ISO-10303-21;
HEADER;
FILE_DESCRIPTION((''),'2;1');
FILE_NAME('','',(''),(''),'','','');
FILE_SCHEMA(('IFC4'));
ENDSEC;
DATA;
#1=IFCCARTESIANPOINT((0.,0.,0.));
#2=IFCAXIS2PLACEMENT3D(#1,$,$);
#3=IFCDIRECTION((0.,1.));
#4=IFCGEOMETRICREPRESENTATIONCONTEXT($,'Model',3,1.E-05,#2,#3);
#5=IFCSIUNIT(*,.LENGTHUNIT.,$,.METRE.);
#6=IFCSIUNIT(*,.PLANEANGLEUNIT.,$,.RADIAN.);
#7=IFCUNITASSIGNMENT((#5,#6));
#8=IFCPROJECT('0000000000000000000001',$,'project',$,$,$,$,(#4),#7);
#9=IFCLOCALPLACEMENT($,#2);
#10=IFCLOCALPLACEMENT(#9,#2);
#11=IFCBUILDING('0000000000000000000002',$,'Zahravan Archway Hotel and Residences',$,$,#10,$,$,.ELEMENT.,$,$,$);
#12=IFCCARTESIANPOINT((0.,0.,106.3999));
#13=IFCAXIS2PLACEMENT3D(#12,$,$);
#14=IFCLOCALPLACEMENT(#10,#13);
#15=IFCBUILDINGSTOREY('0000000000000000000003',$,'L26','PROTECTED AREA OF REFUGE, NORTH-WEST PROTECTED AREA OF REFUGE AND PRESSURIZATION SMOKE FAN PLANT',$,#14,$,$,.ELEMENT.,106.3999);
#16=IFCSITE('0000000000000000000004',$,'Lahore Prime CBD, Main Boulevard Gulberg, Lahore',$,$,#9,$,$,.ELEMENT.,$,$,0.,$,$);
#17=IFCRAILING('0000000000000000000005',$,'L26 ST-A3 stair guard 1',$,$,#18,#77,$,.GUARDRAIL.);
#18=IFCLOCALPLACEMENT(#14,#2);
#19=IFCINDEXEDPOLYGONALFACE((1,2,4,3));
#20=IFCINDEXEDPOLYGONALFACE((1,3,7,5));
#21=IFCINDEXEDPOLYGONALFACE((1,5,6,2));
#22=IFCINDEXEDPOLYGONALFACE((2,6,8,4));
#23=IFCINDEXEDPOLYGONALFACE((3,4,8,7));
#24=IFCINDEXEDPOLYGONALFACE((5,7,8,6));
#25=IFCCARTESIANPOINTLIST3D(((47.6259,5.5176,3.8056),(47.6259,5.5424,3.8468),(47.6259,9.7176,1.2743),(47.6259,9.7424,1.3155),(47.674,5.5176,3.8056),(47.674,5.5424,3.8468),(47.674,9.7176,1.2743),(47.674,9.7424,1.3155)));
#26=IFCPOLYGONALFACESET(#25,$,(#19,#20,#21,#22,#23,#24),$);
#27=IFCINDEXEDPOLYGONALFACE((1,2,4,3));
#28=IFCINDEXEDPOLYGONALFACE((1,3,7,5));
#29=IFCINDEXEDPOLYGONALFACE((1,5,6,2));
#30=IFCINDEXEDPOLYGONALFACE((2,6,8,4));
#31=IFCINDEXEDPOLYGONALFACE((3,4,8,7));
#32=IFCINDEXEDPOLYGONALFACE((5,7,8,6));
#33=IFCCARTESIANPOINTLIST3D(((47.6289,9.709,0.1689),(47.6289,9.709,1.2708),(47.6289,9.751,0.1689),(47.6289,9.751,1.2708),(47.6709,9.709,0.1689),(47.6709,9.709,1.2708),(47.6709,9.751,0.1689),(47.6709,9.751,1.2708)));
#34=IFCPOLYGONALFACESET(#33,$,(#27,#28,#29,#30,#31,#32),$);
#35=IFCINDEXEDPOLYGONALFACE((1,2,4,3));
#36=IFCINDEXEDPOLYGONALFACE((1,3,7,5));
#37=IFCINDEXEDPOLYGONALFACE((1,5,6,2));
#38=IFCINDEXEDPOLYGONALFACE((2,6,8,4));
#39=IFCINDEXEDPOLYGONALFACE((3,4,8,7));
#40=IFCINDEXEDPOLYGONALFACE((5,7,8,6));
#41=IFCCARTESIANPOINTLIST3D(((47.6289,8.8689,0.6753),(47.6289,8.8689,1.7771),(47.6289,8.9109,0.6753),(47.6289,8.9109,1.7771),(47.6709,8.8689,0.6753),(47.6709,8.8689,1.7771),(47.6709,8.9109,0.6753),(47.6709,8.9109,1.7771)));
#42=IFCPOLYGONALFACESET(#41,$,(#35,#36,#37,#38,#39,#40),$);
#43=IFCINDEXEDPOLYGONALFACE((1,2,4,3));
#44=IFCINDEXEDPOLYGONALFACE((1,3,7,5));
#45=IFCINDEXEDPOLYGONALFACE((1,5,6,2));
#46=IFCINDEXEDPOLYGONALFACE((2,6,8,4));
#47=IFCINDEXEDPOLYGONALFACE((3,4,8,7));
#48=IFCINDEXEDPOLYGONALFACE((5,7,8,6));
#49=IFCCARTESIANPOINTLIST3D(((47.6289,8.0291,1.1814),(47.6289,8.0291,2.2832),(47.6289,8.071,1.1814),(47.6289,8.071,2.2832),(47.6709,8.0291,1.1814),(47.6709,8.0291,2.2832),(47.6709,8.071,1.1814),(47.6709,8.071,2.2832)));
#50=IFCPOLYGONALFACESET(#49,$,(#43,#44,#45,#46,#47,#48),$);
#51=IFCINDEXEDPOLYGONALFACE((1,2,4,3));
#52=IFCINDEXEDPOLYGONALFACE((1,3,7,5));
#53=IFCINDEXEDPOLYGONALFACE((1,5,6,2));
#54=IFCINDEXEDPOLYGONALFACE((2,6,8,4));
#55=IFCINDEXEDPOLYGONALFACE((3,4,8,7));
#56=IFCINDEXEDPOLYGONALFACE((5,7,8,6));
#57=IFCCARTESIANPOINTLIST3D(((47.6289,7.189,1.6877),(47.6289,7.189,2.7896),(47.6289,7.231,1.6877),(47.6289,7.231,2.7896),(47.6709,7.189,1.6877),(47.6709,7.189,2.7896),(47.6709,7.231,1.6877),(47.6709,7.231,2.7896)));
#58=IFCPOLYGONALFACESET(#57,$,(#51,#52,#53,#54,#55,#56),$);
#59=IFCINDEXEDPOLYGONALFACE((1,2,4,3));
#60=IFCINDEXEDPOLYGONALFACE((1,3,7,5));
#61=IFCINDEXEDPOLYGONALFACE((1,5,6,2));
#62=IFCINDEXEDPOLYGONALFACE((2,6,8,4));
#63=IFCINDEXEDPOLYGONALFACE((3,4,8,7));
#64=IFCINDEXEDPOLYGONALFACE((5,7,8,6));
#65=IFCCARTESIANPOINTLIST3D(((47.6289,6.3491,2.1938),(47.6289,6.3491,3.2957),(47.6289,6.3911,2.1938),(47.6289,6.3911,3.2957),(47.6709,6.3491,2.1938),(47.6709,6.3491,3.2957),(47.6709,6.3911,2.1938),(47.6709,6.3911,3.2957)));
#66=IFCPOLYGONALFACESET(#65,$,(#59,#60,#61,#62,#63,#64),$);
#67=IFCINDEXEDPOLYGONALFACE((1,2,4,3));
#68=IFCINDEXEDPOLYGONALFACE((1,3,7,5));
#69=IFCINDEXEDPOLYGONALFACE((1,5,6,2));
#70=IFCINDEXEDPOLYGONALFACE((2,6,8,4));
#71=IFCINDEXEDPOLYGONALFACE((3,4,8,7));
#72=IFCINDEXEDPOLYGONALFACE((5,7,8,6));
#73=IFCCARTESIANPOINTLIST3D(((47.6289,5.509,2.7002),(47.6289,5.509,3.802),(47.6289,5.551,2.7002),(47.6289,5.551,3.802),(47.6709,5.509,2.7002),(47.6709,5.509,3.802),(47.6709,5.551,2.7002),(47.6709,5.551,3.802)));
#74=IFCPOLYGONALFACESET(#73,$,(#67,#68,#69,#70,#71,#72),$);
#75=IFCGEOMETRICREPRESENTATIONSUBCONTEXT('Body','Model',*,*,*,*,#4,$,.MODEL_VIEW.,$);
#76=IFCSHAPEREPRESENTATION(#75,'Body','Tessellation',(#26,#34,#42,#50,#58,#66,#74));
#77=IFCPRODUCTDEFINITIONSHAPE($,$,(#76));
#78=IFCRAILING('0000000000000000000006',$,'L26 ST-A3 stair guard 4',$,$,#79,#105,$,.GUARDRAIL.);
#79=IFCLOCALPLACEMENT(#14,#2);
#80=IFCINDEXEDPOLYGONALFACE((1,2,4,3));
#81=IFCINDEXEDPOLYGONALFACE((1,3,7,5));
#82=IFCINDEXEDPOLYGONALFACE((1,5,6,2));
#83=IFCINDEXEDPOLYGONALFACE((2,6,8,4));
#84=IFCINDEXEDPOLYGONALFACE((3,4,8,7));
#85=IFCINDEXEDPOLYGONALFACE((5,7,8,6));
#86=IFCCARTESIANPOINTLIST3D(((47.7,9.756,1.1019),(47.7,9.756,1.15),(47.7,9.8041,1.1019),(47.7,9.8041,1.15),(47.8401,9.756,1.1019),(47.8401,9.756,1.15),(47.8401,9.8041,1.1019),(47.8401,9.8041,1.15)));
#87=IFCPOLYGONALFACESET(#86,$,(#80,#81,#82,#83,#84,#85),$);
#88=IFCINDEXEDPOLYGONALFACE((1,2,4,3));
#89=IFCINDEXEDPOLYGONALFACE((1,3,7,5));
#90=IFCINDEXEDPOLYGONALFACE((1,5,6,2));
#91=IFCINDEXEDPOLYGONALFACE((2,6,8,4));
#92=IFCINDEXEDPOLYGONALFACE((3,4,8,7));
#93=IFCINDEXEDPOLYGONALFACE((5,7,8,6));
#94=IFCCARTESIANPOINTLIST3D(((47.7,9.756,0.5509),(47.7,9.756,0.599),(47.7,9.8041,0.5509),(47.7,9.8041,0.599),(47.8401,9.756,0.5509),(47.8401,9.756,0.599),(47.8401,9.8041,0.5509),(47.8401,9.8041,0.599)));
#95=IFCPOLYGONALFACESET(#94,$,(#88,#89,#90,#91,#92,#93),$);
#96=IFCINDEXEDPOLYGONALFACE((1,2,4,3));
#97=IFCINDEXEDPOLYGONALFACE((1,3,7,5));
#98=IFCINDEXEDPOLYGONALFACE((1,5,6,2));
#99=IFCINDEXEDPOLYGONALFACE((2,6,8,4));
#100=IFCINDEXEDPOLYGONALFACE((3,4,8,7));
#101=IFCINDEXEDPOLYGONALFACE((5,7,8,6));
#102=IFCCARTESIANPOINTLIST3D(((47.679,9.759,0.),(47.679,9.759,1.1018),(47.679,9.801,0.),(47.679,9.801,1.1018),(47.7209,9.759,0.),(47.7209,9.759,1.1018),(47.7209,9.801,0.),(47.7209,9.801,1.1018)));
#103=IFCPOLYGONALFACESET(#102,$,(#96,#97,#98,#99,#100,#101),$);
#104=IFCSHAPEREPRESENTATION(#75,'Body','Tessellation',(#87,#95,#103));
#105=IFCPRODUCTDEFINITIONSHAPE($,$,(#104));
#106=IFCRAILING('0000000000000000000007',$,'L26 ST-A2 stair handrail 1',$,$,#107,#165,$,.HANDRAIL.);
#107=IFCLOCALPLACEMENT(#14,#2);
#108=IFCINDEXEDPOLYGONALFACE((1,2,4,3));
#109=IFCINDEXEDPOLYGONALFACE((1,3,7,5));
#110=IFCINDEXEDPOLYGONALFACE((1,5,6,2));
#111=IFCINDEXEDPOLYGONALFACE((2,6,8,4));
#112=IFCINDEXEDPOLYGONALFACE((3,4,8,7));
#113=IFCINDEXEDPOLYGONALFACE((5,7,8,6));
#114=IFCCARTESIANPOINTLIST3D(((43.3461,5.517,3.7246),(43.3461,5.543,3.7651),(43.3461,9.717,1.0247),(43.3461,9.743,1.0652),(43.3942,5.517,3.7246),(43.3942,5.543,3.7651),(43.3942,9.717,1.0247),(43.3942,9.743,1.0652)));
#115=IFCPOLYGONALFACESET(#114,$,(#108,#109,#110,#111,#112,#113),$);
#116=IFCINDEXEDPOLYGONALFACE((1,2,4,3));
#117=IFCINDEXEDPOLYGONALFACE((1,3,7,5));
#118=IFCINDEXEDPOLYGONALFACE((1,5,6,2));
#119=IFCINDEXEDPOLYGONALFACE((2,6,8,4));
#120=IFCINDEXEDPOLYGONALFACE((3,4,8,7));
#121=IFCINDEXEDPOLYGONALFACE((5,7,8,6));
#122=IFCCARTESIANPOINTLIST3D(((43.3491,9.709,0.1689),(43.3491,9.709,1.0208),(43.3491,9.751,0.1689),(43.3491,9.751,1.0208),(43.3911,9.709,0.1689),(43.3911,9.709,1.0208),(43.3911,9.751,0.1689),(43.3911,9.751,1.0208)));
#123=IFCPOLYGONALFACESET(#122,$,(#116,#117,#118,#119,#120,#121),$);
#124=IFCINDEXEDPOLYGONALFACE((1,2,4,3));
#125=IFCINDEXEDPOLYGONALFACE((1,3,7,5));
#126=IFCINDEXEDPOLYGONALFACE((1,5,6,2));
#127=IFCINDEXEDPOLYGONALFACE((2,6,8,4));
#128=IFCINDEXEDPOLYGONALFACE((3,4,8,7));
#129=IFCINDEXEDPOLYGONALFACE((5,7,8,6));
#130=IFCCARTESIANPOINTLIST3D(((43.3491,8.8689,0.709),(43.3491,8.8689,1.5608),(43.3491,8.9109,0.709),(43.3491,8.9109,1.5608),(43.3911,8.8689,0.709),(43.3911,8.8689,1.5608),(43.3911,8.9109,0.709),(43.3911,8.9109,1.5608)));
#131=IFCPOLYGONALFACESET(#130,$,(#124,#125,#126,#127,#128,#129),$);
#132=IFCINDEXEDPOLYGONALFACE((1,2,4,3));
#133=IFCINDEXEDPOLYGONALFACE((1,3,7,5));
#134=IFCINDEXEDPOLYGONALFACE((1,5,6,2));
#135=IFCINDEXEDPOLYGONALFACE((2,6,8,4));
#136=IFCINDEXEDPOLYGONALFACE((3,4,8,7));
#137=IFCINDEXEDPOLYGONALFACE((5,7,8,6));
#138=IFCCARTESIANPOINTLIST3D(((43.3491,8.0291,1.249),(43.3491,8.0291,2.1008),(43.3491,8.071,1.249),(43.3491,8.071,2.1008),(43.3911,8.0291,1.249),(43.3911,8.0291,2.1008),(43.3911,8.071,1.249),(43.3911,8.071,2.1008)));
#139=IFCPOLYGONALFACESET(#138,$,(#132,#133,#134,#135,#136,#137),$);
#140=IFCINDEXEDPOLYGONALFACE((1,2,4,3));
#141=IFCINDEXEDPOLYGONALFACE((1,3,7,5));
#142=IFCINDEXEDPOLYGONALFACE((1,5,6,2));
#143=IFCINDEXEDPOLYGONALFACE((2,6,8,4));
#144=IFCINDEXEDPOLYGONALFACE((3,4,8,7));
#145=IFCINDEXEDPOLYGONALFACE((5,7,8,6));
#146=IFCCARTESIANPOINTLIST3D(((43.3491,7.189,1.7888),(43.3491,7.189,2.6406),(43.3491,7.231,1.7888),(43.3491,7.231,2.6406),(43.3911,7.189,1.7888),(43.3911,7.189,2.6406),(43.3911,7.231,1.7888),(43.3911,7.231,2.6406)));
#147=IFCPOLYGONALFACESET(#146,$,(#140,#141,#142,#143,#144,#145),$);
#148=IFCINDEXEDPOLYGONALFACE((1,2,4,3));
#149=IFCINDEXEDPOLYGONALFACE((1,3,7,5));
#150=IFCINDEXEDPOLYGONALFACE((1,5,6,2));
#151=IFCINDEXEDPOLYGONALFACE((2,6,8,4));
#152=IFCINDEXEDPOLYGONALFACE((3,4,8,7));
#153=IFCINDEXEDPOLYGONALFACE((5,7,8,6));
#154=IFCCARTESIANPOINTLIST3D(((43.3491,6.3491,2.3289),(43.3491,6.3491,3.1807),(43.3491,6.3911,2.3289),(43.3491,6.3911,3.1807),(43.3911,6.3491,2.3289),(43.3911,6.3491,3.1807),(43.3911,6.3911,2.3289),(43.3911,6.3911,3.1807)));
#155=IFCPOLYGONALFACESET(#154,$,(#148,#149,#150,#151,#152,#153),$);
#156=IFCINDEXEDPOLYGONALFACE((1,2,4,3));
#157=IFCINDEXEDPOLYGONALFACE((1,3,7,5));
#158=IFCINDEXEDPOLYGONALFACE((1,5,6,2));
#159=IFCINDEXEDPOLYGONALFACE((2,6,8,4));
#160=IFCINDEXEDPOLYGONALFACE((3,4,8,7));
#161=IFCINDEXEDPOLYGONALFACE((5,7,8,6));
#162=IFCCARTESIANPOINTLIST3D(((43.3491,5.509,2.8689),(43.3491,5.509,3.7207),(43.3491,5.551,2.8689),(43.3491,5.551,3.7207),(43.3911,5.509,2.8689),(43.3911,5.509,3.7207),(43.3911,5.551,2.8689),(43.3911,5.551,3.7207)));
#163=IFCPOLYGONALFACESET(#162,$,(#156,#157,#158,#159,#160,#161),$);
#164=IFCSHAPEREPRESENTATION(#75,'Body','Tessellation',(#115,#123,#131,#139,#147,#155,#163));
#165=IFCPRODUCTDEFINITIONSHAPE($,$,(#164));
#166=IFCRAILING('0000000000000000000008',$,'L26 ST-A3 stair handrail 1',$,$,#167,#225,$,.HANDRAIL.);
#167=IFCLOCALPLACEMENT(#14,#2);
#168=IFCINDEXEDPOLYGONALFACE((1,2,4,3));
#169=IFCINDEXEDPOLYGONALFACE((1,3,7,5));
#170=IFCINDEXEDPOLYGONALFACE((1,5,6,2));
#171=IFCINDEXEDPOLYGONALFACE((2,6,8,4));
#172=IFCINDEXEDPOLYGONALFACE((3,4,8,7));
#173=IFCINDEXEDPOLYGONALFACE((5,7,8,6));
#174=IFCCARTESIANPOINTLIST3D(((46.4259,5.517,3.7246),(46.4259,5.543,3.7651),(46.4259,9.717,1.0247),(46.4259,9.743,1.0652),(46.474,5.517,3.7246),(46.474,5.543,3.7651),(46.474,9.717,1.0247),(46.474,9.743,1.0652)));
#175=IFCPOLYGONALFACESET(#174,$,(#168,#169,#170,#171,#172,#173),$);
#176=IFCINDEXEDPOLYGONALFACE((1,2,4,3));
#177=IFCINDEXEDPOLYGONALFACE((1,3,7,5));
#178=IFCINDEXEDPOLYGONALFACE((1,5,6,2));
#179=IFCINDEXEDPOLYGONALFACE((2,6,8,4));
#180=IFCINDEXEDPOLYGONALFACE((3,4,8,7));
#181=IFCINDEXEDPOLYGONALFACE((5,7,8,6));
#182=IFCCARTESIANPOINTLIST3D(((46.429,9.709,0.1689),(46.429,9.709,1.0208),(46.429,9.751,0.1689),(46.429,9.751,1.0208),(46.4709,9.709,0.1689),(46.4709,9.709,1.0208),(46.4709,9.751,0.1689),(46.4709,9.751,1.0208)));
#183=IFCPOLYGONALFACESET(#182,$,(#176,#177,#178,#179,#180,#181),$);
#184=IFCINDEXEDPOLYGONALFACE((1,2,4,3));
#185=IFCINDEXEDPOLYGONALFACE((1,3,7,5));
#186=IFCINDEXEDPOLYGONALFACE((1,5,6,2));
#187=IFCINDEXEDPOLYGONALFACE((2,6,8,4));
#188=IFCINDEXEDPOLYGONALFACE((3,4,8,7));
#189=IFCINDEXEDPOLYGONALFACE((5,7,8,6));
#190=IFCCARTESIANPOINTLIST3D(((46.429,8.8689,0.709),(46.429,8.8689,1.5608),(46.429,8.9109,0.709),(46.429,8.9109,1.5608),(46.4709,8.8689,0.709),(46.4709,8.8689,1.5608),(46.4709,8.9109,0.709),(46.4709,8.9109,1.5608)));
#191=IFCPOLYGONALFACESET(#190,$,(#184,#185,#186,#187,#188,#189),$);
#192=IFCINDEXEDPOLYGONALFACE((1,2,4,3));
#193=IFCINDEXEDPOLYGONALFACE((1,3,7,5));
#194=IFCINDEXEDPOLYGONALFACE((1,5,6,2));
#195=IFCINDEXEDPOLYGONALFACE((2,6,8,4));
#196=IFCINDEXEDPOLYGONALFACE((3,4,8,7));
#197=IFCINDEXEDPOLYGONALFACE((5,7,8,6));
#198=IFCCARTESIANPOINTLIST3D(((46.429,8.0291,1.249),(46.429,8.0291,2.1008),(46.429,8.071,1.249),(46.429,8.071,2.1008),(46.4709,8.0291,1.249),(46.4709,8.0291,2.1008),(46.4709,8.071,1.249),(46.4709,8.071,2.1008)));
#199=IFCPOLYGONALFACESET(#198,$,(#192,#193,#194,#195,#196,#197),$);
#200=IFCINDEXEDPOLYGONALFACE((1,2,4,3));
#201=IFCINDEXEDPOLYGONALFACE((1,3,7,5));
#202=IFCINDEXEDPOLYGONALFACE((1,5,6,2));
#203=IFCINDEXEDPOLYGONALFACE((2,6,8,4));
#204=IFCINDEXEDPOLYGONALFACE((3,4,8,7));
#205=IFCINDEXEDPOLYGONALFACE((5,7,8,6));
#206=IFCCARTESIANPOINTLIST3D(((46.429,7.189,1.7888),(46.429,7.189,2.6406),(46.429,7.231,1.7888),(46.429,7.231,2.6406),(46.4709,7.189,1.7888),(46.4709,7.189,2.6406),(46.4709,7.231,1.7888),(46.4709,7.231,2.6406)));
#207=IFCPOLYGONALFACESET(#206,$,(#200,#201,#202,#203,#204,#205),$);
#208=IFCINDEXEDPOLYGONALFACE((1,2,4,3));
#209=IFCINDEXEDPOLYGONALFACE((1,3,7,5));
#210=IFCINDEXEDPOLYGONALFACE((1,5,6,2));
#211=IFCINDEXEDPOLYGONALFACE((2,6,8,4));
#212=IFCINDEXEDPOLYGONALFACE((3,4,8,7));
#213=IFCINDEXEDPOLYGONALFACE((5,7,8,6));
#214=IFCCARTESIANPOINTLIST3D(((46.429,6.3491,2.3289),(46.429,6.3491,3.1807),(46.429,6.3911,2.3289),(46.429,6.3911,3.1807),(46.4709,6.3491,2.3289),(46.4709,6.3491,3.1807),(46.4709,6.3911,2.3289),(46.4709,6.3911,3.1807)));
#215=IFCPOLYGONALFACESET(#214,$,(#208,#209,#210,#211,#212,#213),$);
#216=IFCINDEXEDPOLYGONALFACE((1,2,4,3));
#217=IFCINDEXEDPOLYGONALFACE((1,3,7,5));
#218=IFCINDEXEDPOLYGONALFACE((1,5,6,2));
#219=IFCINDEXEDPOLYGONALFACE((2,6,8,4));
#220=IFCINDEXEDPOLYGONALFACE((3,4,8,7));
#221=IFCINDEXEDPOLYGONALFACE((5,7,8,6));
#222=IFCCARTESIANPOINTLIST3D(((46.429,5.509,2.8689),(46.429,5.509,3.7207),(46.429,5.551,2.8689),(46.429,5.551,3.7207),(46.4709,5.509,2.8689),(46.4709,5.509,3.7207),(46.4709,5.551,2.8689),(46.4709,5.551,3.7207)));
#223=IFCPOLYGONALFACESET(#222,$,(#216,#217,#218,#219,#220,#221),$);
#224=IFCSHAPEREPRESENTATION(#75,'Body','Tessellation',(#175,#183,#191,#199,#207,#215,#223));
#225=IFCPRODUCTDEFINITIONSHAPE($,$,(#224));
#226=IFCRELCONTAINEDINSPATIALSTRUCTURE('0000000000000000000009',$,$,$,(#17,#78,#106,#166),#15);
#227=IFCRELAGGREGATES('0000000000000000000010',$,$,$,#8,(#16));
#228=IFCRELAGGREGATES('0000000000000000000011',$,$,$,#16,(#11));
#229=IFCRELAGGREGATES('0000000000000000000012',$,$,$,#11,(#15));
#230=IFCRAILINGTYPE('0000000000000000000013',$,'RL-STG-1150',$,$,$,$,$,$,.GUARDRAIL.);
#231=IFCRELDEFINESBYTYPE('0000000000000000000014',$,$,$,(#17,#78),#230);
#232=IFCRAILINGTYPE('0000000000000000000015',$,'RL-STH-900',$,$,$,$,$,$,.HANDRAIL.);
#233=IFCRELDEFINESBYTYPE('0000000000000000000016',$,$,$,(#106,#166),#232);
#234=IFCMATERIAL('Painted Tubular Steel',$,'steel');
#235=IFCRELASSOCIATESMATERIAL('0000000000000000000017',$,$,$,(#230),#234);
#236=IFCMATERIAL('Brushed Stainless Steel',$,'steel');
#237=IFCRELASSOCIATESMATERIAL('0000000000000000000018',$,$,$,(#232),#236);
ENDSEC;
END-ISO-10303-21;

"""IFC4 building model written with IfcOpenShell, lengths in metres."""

from ifc_helpers import new_model, si_unit, direction, frame, origin, origin_2d, place, context, subcontext, project, spatial, rectangle, extrude, material, type_object, element, save


model = new_model("IFC4")

# Units and contexts
model_context = context("Model", 3, precision=1e-05, world=origin(), true_north=direction((0.0, 1.0)))
body_context = subcontext(model_context, "Body", "Model", "MODEL_VIEW")
ifc_project = project(units=[si_unit("LENGTHUNIT", "METRE"), si_unit("PLANEANGLEUNIT", "RADIAN")], contexts=[model_context])

# Site, building, storey
site_placement = place(None, origin())
site = spatial("IfcSite", under=ifc_project, at=site_placement, Name="Lahore Prime CBD, Main Boulevard Gulberg, Lahore", CompositionType="ELEMENT", RefElevation=0.0)
building_placement = place(site_placement, origin())
building = spatial("IfcBuilding", under=site, at=building_placement, Name="Zahravan Archway Hotel and Residences", CompositionType="ELEMENT")
storey_placement = place(building_placement, frame((0.0, 0.0, 106.3999)))
storey = spatial("IfcBuildingStorey", under=building, at=storey_placement, Name="L26", Description="PROTECTED AREA OF REFUGE, NORTH-WEST PROTECTED AREA OF REFUGE AND PRESSURIZATION SMOKE FAN PLANT", CompositionType="ELEMENT", Elevation=106.3999)

# Railings
ifc_material_1 = material(Name="Painted Tubular Steel", Category="steel")
railing_type_1 = type_object("IfcRailingType", Name="RL-STG-1150", PredefinedType="GUARDRAIL", material=ifc_material_1)
railing_1_placement = place(storey_placement, frame((47.6499, 9.73, 0.1689)))
element("IfcRailing", 1, at=railing_1_placement, inside=storey, type_object=railing_type_1, Name="L26 ST-A3 stair guard 1", PredefinedType="GUARDRAIL", context=body_context, shape_type="SweptSolid", body=[
    extrude(rectangle(XDim=0.0481, YDim=0.0481, at=origin_2d()), frame((0.0, 0.0, 1.126), z_axis=(0.0, -0.856476, 0.516186), x_axis=(1.0, 0.0, 0.0)), (0.0, 0.0, 1.0), 4.9038),
    extrude(rectangle(XDim=0.042, YDim=0.042, at=origin_2d()), origin(), (0.0, 0.0, 1.0), 1.1018),
    extrude(rectangle(XDim=0.042, YDim=0.042, at=origin_2d()), frame((0.0, -0.8401, 0.5063)), (0.0, 0.0, 1.0), 1.1018),
    extrude(rectangle(XDim=0.042, YDim=0.042, at=origin_2d()), frame((0.0, -1.6799, 1.0125)), (0.0, 0.0, 1.0), 1.1018),
    extrude(rectangle(XDim=0.042, YDim=0.042, at=origin_2d()), frame((0.0, -2.52, 1.5188)), (0.0, 0.0, 1.0), 1.1018),
    extrude(rectangle(XDim=0.042, YDim=0.042, at=origin_2d()), frame((0.0, -3.3599, 2.0249)), (0.0, 0.0, 1.0), 1.1018),
    extrude(rectangle(XDim=0.042, YDim=0.042, at=origin_2d()), frame((0.0, -4.2, 2.5312)), (0.0, 0.0, 1.0), 1.1018),
])
railing_2_placement = place(storey_placement, frame((47.7, 9.78, 0.0)))
element("IfcRailing", 2, at=railing_2_placement, inside=storey, type_object=railing_type_1, Name="L26 ST-A3 stair guard 4", PredefinedType="GUARDRAIL", context=body_context, shape_type="SweptSolid", body=[
    extrude(rectangle(XDim=0.0481, YDim=0.0481, at=origin_2d()), frame((0.0, 0.0, 1.126), z_axis=(1.0, 0.0, 0.0), x_axis=(0.0, 1.0, 0.0)), (0.0, 0.0, 1.0), 0.1401),
    extrude(rectangle(XDim=0.0481, YDim=0.0481, at=origin_2d()), frame((0.0, 0.0, 0.575), z_axis=(1.0, 0.0, 0.0), x_axis=(0.0, 1.0, 0.0)), (0.0, 0.0, 1.0), 0.1401),
    extrude(rectangle(XDim=0.042, YDim=0.042, at=origin_2d()), origin(), (0.0, 0.0, 1.0), 1.1018),
])
ifc_material_2 = material(Name="Brushed Stainless Steel", Category="steel")
railing_type_2 = type_object("IfcRailingType", Name="RL-STH-900", PredefinedType="HANDRAIL", material=ifc_material_2)
for number, where, name in (
    (3, (43.3701, 9.73, 0.1689), "L26 ST-A2 stair handrail 1"),
    (4, (46.45, 9.73, 0.1689), "L26 ST-A3 stair handrail 1"),
):
    element("IfcRailing", number, at=place(storey_placement, frame(where)), inside=storey, type_object=railing_type_2, Name=name, PredefinedType="HANDRAIL", context=body_context, shape_type="SweptSolid", body=[
        extrude(rectangle(XDim=0.0481, YDim=0.0481, at=origin_2d()), frame((0.0, 0.0, 0.876), z_axis=(0.0, -0.84118, 0.540755), x_axis=(1.0, 0.0, 0.0)), (0.0, 0.0, 1.0), 4.9929),
        extrude(rectangle(XDim=0.042, YDim=0.042, at=origin_2d()), origin(), (0.0, 0.0, 1.0), 0.8518),
        extrude(rectangle(XDim=0.042, YDim=0.042, at=origin_2d()), frame((0.0, -0.8401, 0.54)), (0.0, 0.0, 1.0), 0.8518),
        extrude(rectangle(XDim=0.042, YDim=0.042, at=origin_2d()), frame((0.0, -1.6799, 1.0801)), (0.0, 0.0, 1.0), 0.8518),
        extrude(rectangle(XDim=0.042, YDim=0.042, at=origin_2d()), frame((0.0, -2.52, 1.6199)), (0.0, 0.0, 1.0), 0.8518),
        extrude(rectangle(XDim=0.042, YDim=0.042, at=origin_2d()), frame((0.0, -3.3599, 2.1599)), (0.0, 0.0, 1.0), 0.8518),
        extrude(rectangle(XDim=0.042, YDim=0.042, at=origin_2d()), frame((0.0, -4.2, 2.7)), (0.0, 0.0, 1.0), 0.8518),
    ])

save(model, "model.ifc")
